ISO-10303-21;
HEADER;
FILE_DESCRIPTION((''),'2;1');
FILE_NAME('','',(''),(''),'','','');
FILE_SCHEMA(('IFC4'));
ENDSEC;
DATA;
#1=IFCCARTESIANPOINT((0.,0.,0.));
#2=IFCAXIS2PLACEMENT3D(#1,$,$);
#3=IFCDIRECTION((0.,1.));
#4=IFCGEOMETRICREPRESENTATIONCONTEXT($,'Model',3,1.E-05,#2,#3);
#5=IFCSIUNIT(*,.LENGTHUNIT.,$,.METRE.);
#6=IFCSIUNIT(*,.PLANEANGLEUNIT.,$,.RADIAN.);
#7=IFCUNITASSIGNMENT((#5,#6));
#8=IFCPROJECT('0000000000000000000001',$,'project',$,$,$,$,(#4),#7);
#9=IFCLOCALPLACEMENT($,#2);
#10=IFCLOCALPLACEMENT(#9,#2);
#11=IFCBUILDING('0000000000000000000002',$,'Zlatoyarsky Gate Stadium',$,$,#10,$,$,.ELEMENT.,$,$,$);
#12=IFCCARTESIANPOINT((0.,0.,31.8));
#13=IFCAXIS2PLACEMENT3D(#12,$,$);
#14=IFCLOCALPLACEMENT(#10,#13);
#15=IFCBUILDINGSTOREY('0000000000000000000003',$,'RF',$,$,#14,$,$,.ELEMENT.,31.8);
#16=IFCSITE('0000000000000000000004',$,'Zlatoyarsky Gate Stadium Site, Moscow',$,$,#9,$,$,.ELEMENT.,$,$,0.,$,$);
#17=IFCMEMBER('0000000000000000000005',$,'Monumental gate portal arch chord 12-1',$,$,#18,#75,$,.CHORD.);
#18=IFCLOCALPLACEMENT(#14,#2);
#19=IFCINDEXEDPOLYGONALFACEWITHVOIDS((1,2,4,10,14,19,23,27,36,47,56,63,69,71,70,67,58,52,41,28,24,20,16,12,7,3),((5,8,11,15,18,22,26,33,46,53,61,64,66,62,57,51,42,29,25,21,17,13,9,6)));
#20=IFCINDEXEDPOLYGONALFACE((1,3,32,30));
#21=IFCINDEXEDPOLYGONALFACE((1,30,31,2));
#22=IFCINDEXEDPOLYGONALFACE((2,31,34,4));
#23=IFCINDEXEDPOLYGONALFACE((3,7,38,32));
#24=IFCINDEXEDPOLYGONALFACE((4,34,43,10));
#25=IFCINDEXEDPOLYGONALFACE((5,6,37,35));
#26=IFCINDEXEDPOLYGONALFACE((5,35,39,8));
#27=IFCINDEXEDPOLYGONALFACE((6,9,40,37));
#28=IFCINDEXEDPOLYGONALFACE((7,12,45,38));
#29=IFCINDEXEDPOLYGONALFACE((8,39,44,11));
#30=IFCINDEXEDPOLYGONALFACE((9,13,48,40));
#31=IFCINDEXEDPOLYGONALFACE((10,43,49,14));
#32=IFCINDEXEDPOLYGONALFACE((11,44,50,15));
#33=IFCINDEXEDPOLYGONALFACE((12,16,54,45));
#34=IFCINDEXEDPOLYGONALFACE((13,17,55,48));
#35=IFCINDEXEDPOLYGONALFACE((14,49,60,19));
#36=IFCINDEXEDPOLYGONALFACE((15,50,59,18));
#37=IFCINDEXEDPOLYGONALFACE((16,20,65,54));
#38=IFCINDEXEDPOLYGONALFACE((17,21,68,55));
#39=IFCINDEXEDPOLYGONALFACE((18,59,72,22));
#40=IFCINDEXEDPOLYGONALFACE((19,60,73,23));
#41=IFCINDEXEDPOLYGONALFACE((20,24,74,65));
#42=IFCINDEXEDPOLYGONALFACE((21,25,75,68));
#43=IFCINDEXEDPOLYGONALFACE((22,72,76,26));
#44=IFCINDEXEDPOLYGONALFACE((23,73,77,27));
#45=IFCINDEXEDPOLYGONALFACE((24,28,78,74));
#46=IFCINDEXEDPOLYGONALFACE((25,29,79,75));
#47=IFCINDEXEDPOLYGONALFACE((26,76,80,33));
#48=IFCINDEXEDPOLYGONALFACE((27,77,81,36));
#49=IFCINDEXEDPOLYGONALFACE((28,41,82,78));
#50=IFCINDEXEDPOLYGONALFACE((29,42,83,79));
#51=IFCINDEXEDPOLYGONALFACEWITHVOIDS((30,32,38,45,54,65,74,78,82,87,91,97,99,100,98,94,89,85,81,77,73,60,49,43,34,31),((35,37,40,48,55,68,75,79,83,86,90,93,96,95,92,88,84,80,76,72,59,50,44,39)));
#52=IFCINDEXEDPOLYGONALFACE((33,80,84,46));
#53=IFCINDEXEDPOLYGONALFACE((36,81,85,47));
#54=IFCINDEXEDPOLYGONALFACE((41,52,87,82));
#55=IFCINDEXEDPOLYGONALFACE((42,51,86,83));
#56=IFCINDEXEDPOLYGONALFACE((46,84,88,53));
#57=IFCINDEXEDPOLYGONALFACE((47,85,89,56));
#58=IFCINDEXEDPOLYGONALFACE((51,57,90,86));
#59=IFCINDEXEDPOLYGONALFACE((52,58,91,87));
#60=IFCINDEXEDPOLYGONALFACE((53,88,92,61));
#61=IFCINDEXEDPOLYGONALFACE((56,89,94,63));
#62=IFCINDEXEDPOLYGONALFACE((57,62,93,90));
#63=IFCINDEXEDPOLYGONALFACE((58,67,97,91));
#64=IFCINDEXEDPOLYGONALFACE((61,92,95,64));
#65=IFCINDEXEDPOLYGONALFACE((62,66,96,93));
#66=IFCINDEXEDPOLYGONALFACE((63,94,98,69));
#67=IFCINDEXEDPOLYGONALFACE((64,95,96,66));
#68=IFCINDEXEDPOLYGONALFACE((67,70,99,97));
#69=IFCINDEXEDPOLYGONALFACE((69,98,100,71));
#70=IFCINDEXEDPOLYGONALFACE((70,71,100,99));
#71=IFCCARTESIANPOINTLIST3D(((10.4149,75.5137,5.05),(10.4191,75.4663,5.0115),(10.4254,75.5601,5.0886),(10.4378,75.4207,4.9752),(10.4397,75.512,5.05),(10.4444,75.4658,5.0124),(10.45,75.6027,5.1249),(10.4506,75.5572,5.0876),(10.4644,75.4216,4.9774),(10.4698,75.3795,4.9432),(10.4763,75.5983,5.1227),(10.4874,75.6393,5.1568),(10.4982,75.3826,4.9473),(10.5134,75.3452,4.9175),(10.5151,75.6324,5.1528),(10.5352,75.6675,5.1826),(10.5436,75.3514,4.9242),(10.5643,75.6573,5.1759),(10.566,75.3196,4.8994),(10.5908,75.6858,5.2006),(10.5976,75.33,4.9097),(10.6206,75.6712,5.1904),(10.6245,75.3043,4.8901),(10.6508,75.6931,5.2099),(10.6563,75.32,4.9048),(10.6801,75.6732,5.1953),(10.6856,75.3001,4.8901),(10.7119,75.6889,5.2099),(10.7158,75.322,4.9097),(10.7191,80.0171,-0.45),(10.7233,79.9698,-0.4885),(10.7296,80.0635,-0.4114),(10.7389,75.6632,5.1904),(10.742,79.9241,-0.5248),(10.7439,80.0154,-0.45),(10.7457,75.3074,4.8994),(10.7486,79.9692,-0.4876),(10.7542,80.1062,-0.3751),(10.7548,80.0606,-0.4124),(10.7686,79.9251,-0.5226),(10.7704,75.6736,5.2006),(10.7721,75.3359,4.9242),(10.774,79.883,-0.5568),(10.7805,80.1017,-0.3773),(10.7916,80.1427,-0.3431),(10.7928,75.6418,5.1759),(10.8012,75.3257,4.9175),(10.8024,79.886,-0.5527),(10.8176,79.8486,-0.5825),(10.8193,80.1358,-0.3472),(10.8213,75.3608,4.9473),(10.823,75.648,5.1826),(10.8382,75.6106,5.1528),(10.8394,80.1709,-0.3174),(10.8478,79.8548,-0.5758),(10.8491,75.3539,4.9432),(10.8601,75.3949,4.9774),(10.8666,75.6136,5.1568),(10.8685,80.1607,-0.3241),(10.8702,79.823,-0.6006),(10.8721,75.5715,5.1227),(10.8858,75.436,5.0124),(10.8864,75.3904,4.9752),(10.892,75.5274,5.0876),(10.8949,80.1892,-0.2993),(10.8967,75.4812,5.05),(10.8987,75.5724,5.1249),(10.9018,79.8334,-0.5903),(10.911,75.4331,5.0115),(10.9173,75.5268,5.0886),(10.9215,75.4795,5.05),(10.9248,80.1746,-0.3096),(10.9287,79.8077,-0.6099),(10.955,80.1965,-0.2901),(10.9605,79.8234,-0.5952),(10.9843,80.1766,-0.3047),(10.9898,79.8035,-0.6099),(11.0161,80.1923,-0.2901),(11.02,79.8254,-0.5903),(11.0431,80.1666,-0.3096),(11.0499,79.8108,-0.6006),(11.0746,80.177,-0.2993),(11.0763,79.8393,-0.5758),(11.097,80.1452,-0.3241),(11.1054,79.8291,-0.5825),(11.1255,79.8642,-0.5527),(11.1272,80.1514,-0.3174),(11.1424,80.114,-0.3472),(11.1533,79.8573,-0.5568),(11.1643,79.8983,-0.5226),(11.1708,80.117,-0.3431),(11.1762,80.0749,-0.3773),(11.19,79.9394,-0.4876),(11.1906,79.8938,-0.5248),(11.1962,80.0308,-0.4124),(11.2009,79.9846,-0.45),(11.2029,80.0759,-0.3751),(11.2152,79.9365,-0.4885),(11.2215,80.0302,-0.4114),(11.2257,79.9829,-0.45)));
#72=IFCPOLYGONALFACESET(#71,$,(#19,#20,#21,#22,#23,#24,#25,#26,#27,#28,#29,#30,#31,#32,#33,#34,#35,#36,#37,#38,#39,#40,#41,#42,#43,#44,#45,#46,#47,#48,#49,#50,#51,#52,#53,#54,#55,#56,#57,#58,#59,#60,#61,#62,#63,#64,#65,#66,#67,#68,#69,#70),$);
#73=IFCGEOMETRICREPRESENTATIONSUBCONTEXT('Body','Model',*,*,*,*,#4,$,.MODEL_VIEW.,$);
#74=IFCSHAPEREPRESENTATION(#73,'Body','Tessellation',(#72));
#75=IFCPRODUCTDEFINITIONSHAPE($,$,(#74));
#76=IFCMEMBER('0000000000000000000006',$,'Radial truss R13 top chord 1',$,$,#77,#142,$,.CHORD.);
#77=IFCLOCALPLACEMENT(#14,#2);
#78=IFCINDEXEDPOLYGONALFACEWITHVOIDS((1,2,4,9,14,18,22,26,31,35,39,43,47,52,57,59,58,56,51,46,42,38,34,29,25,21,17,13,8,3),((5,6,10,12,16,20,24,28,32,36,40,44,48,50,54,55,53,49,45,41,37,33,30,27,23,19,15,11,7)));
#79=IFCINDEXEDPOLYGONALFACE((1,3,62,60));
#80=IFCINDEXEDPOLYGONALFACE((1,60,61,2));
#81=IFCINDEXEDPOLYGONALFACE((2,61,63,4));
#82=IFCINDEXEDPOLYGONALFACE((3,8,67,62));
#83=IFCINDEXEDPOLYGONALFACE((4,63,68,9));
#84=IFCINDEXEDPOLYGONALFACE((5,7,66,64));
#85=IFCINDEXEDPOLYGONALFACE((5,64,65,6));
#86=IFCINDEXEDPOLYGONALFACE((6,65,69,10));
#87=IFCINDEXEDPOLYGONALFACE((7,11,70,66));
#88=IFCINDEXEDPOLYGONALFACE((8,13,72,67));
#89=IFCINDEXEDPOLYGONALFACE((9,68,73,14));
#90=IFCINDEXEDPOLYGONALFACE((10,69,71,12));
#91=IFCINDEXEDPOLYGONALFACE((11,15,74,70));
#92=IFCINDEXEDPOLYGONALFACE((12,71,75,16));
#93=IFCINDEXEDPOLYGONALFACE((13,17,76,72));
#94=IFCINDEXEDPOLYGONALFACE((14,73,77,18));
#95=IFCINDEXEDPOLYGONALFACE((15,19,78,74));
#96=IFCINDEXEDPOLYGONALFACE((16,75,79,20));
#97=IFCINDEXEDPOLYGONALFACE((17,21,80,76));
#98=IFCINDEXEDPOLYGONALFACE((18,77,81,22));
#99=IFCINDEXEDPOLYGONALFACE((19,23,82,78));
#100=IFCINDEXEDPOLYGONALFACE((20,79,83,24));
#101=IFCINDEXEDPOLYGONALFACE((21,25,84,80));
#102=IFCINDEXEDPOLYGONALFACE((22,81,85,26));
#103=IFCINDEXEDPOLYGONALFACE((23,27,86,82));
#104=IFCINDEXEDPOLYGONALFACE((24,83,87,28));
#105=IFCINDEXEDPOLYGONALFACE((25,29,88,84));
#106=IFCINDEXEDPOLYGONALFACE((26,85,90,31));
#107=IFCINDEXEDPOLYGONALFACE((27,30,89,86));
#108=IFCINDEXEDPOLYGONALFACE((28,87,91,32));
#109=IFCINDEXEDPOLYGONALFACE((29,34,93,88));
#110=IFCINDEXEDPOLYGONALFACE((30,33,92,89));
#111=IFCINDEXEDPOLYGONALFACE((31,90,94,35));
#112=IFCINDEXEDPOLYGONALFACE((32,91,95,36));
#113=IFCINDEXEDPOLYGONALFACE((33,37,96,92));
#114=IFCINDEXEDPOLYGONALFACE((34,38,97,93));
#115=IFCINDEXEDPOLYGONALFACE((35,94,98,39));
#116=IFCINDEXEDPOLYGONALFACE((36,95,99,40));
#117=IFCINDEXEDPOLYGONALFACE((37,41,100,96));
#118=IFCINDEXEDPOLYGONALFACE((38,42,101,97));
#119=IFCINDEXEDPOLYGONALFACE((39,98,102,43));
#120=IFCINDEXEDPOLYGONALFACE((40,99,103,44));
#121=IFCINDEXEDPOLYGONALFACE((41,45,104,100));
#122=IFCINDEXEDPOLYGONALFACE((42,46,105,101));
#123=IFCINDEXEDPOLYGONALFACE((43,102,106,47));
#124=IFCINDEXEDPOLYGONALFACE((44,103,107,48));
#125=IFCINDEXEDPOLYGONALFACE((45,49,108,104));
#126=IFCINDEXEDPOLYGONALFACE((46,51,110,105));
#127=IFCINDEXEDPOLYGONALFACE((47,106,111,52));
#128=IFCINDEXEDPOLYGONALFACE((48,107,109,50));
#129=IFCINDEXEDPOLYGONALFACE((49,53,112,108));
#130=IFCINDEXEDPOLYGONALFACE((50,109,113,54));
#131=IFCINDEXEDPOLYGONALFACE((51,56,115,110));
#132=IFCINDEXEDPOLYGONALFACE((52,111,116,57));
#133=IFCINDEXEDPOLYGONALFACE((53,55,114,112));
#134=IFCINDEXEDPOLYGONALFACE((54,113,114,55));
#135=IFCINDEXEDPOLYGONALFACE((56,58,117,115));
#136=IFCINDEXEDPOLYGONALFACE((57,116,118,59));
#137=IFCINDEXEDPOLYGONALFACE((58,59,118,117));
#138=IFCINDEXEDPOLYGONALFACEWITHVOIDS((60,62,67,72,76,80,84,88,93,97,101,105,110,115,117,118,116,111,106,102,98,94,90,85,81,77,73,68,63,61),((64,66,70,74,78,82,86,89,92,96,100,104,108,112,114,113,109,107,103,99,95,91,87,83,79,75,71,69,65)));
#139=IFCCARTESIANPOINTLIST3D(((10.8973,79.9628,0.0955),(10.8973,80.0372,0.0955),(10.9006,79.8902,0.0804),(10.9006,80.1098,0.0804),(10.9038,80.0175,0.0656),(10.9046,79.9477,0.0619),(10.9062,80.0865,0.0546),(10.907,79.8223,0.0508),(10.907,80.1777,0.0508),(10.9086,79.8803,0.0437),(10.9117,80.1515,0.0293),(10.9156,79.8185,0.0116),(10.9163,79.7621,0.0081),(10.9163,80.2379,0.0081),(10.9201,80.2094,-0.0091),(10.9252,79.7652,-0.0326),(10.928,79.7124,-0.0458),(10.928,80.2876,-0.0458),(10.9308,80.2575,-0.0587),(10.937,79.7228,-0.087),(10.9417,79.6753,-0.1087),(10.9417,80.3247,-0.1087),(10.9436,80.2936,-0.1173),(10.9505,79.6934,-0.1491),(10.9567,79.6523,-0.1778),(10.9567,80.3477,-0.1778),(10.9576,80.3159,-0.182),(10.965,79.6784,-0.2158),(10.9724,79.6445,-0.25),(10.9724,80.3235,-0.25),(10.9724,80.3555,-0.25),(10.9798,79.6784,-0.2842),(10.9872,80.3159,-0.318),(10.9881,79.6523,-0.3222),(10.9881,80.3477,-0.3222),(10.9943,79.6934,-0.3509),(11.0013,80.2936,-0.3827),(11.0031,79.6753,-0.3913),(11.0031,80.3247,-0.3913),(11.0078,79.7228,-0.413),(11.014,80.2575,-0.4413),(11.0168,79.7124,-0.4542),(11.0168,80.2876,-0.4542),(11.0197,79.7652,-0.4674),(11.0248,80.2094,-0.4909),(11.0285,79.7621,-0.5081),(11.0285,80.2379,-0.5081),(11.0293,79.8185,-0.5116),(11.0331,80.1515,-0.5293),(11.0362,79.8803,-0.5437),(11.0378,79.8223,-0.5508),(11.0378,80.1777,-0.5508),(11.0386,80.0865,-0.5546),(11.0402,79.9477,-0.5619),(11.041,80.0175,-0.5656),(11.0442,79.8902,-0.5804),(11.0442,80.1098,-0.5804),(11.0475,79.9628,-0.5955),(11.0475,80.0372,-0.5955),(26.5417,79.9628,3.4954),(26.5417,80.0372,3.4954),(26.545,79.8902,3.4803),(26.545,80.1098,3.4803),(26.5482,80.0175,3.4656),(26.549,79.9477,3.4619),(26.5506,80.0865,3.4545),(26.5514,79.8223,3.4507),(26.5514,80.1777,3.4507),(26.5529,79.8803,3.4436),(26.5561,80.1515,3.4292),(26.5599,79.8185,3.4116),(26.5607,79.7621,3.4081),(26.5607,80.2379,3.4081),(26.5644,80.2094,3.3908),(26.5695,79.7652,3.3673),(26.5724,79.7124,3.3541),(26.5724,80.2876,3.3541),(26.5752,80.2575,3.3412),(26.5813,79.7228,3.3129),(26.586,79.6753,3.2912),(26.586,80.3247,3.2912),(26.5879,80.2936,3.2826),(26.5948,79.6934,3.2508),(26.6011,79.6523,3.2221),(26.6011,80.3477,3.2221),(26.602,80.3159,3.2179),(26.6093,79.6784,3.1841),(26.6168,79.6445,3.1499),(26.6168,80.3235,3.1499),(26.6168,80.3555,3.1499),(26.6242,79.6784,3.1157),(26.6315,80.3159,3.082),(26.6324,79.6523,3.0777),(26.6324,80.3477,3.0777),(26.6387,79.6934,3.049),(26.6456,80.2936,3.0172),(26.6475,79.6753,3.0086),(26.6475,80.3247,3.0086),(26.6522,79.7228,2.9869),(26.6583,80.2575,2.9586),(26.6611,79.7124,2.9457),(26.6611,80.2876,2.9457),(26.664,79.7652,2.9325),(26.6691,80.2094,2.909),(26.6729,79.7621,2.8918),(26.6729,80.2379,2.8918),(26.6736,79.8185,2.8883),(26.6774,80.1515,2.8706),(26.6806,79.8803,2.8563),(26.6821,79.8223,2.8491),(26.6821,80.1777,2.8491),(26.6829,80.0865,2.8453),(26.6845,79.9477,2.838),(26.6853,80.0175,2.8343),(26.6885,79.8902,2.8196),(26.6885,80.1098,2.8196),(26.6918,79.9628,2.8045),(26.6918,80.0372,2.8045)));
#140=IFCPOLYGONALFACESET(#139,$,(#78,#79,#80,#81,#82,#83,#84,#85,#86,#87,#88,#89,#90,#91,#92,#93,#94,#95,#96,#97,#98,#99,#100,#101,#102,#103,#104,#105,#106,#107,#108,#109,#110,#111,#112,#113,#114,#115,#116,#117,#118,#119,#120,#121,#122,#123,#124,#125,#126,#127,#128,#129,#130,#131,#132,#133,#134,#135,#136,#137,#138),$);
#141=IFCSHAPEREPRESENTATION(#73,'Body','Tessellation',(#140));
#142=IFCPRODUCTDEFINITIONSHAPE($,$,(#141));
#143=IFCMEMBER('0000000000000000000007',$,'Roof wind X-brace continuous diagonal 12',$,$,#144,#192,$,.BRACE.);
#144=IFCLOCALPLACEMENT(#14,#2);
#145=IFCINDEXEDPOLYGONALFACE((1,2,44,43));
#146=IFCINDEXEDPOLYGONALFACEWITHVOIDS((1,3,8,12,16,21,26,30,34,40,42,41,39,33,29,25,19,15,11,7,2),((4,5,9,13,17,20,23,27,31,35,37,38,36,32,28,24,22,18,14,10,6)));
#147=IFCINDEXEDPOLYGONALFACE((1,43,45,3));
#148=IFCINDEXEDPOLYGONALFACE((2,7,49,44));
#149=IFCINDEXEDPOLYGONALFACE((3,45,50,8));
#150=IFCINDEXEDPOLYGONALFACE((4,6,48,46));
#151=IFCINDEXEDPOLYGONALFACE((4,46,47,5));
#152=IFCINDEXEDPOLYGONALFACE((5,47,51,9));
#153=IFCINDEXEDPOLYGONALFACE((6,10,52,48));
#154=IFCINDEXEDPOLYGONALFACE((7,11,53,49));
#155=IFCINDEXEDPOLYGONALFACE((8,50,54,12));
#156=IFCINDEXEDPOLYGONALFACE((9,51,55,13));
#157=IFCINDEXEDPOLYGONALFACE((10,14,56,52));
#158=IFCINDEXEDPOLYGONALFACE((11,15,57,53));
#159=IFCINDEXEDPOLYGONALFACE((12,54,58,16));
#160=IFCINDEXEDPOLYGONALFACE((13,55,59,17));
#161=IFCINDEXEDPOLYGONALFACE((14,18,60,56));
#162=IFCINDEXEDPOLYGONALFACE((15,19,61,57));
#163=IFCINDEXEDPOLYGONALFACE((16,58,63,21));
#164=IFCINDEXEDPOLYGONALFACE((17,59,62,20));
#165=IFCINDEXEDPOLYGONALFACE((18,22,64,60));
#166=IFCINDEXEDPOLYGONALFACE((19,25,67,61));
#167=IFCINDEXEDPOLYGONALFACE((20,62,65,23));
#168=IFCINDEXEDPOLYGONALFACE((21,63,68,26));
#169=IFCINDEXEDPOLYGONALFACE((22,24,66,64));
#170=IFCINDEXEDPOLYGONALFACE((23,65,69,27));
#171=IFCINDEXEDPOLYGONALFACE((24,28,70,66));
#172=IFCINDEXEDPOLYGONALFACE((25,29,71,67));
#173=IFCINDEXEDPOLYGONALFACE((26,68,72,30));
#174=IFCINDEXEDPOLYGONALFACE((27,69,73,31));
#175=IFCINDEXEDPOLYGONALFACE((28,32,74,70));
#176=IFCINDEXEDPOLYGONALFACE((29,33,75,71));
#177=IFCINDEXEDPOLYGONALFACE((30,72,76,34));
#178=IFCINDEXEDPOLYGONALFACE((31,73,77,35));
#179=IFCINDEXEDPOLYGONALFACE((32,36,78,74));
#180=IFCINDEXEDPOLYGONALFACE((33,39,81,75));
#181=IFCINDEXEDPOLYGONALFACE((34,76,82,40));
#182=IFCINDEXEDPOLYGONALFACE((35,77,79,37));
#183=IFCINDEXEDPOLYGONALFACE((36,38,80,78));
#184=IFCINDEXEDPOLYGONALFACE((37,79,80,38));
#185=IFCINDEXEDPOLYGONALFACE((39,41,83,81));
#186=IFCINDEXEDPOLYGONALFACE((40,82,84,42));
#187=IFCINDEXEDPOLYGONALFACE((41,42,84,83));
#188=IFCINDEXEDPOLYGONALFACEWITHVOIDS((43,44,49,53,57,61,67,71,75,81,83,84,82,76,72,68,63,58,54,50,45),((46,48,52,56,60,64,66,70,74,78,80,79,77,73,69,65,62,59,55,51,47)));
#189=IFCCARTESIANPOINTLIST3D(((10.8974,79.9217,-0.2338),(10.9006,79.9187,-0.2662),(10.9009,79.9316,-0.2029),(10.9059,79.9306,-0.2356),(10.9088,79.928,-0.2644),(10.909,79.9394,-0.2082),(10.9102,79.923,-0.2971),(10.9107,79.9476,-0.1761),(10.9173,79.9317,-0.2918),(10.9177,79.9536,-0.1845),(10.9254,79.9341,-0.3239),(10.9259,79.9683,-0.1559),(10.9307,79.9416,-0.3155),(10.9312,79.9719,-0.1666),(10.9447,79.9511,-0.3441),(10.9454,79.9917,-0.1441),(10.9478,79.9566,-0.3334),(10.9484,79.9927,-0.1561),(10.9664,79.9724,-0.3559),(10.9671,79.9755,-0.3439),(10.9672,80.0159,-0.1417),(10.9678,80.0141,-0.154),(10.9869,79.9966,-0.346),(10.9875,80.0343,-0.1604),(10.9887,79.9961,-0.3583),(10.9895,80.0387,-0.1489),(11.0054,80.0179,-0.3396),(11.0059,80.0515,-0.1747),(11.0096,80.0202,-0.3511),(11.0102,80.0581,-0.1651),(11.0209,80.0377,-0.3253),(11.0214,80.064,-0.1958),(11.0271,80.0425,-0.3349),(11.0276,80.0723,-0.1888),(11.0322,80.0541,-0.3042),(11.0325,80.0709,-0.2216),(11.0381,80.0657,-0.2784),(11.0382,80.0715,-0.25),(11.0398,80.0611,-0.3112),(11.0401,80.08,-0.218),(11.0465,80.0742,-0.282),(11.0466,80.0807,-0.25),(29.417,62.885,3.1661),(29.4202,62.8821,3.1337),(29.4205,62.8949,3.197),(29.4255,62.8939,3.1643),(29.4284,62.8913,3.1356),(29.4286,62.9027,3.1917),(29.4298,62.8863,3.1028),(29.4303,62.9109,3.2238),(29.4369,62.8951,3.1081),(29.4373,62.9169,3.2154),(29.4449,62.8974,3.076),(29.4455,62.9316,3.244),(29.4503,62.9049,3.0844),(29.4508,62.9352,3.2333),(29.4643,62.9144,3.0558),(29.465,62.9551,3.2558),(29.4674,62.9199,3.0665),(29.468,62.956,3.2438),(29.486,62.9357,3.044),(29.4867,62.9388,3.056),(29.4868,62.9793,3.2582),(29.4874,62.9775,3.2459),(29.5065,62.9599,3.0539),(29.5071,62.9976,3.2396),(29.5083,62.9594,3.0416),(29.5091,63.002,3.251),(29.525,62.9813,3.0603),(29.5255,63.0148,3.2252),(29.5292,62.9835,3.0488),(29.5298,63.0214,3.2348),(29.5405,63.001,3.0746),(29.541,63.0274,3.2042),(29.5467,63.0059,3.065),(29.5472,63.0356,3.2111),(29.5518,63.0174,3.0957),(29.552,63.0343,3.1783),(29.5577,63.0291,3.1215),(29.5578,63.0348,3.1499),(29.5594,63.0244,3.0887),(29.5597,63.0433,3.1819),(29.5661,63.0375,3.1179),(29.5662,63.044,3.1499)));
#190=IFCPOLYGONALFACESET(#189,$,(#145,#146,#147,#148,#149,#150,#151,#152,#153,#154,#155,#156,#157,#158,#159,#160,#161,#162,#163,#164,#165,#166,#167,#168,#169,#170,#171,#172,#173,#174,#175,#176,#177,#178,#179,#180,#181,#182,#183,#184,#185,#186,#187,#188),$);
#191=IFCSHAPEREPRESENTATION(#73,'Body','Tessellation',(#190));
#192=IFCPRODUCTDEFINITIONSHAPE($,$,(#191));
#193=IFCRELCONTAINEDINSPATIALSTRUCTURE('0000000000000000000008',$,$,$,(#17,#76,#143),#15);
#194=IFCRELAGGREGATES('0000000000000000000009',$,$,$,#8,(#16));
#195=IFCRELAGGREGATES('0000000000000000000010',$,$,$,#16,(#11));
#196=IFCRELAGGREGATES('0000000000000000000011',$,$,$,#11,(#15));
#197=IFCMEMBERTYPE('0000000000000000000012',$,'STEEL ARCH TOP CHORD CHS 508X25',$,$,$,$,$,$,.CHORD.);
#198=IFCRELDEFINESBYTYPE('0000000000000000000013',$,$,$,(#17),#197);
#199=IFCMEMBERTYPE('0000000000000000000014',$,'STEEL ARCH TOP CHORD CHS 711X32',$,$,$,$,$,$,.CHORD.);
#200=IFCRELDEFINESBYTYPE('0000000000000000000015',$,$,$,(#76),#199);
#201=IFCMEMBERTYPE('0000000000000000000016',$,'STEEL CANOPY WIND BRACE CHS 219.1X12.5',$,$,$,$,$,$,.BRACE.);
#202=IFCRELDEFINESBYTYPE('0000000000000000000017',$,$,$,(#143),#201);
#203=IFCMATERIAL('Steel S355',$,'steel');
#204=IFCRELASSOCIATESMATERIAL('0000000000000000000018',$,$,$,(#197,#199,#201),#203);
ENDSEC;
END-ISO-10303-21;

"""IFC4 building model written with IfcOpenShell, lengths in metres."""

from ifc_helpers import new_model, si_unit, direction, frame, origin, origin_2d, place, context, subcontext, project, spatial, hollow_circle, extrude, material, material_profile, profile_set, type_object, element, save


model = new_model("IFC4")

# Units and contexts
model_context = context("Model", 3, precision=1e-05, world=origin(), true_north=direction((0.0, 1.0)))
body_context = subcontext(model_context, "Body", "Model", "MODEL_VIEW")
ifc_project = project(units=[si_unit("LENGTHUNIT", "METRE"), si_unit("PLANEANGLEUNIT", "RADIAN")], contexts=[model_context])

# Site, building, storey
site_placement = place(None, origin())
site = spatial("IfcSite", under=ifc_project, at=site_placement, Name="Zlatoyarsky Gate Stadium Site, Moscow", CompositionType="ELEMENT", RefElevation=0.0)
building_placement = place(site_placement, origin())
building = spatial("IfcBuilding", under=site, at=building_placement, Name="Zlatoyarsky Gate Stadium", CompositionType="ELEMENT")
storey_placement = place(building_placement, frame((0.0, 0.0, 31.8)))
storey = spatial("IfcBuildingStorey", under=building, at=storey_placement, Name="RF", CompositionType="ELEMENT", Elevation=31.8)

# Members
ifc_material_1 = material(Name="Steel S355", Category="steel")
ifc_material_profile_1 = material_profile(ifc_material_1, hollow_circle(Radius=0.2539, WallThickness=0.0249, at=origin_2d()), Name="CHS 508X25")
ifc_profile_set_1 = profile_set([ifc_material_profile_1], Name="Steel S355")
member_type_1 = type_object("IfcMemberType", Name="STEEL ARCH TOP CHORD CHS 508X25", PredefinedType="CHORD", material=ifc_profile_set_1)
member_1_placement = place(storey_placement, frame((10.9724, 80.0, -0.45), z_axis=(-0.042755, -0.632946, 0.773014), x_axis=(0.997726, -0.067395, 0.0)))
element("IfcMember", 1, at=member_1_placement, inside=storey, type_object=member_type_1, Name="Monumental gate portal arch chord 12-1", PredefinedType="CHORD", context=body_context, shape_type="SweptSolid", body=[
    extrude(hollow_circle(Radius=0.2539, WallThickness=0.0249, at=origin_2d()), origin(), (0.0, 0.0, 1.0), 7.115),
])
ifc_material_profile_2 = material_profile(ifc_material_1, hollow_circle(Radius=0.3555, WallThickness=0.032, at=origin_2d()), Name="CHS 711X32")
ifc_profile_set_2 = profile_set([ifc_material_profile_2], Name="Steel S355")
member_type_2 = type_object("IfcMemberType", Name="STEEL ARCH TOP CHORD CHS 711X32", PredefinedType="CHORD", material=ifc_profile_set_2)
member_2_placement = place(storey_placement, frame((10.9724, 80.0, -0.25), z_axis=(0.97719, 0.0, 0.212368), x_axis=(0.0, 1.0, 0.0)))
element("IfcMember", 2, at=member_2_placement, inside=storey, type_object=member_type_2, Name="Radial truss R13 top chord 1", PredefinedType="CHORD", context=body_context, shape_type="SweptSolid", body=[
    extrude(hollow_circle(Radius=0.3555, WallThickness=0.032, at=origin_2d()), origin(), (0.0, 0.0, 1.0), 16.0095),
])
ifc_material_profile_3 = material_profile(ifc_material_1, hollow_circle(Radius=0.1096, WallThickness=0.0125, at=origin_2d()), Name="CHS 219.1X12.5")
ifc_profile_set_3 = profile_set([ifc_material_profile_3], Name="Steel S355")
member_type_3 = type_object("IfcMemberType", Name="STEEL CANOPY WIND BRACE CHS 219.1X12.5", PredefinedType="BRACE", material=ifc_profile_set_3)
member_3_placement = place(storey_placement, frame((10.9724, 80.0, -0.25), z_axis=(0.729331, -0.670931, 0.133894), x_axis=(0.677028, 0.735958, 0.0)))
element("IfcMember", 3, at=member_3_placement, inside=storey, type_object=member_type_3, Name="Roof wind X-brace continuous diagonal 12", PredefinedType="BRACE", context=body_context, shape_type="SweptSolid", body=[
    extrude(hollow_circle(Radius=0.1096, WallThickness=0.0125, at=origin_2d()), origin(), (0.0, 0.0, 1.0), 25.3926),
])

save(model, "model.ifc")
